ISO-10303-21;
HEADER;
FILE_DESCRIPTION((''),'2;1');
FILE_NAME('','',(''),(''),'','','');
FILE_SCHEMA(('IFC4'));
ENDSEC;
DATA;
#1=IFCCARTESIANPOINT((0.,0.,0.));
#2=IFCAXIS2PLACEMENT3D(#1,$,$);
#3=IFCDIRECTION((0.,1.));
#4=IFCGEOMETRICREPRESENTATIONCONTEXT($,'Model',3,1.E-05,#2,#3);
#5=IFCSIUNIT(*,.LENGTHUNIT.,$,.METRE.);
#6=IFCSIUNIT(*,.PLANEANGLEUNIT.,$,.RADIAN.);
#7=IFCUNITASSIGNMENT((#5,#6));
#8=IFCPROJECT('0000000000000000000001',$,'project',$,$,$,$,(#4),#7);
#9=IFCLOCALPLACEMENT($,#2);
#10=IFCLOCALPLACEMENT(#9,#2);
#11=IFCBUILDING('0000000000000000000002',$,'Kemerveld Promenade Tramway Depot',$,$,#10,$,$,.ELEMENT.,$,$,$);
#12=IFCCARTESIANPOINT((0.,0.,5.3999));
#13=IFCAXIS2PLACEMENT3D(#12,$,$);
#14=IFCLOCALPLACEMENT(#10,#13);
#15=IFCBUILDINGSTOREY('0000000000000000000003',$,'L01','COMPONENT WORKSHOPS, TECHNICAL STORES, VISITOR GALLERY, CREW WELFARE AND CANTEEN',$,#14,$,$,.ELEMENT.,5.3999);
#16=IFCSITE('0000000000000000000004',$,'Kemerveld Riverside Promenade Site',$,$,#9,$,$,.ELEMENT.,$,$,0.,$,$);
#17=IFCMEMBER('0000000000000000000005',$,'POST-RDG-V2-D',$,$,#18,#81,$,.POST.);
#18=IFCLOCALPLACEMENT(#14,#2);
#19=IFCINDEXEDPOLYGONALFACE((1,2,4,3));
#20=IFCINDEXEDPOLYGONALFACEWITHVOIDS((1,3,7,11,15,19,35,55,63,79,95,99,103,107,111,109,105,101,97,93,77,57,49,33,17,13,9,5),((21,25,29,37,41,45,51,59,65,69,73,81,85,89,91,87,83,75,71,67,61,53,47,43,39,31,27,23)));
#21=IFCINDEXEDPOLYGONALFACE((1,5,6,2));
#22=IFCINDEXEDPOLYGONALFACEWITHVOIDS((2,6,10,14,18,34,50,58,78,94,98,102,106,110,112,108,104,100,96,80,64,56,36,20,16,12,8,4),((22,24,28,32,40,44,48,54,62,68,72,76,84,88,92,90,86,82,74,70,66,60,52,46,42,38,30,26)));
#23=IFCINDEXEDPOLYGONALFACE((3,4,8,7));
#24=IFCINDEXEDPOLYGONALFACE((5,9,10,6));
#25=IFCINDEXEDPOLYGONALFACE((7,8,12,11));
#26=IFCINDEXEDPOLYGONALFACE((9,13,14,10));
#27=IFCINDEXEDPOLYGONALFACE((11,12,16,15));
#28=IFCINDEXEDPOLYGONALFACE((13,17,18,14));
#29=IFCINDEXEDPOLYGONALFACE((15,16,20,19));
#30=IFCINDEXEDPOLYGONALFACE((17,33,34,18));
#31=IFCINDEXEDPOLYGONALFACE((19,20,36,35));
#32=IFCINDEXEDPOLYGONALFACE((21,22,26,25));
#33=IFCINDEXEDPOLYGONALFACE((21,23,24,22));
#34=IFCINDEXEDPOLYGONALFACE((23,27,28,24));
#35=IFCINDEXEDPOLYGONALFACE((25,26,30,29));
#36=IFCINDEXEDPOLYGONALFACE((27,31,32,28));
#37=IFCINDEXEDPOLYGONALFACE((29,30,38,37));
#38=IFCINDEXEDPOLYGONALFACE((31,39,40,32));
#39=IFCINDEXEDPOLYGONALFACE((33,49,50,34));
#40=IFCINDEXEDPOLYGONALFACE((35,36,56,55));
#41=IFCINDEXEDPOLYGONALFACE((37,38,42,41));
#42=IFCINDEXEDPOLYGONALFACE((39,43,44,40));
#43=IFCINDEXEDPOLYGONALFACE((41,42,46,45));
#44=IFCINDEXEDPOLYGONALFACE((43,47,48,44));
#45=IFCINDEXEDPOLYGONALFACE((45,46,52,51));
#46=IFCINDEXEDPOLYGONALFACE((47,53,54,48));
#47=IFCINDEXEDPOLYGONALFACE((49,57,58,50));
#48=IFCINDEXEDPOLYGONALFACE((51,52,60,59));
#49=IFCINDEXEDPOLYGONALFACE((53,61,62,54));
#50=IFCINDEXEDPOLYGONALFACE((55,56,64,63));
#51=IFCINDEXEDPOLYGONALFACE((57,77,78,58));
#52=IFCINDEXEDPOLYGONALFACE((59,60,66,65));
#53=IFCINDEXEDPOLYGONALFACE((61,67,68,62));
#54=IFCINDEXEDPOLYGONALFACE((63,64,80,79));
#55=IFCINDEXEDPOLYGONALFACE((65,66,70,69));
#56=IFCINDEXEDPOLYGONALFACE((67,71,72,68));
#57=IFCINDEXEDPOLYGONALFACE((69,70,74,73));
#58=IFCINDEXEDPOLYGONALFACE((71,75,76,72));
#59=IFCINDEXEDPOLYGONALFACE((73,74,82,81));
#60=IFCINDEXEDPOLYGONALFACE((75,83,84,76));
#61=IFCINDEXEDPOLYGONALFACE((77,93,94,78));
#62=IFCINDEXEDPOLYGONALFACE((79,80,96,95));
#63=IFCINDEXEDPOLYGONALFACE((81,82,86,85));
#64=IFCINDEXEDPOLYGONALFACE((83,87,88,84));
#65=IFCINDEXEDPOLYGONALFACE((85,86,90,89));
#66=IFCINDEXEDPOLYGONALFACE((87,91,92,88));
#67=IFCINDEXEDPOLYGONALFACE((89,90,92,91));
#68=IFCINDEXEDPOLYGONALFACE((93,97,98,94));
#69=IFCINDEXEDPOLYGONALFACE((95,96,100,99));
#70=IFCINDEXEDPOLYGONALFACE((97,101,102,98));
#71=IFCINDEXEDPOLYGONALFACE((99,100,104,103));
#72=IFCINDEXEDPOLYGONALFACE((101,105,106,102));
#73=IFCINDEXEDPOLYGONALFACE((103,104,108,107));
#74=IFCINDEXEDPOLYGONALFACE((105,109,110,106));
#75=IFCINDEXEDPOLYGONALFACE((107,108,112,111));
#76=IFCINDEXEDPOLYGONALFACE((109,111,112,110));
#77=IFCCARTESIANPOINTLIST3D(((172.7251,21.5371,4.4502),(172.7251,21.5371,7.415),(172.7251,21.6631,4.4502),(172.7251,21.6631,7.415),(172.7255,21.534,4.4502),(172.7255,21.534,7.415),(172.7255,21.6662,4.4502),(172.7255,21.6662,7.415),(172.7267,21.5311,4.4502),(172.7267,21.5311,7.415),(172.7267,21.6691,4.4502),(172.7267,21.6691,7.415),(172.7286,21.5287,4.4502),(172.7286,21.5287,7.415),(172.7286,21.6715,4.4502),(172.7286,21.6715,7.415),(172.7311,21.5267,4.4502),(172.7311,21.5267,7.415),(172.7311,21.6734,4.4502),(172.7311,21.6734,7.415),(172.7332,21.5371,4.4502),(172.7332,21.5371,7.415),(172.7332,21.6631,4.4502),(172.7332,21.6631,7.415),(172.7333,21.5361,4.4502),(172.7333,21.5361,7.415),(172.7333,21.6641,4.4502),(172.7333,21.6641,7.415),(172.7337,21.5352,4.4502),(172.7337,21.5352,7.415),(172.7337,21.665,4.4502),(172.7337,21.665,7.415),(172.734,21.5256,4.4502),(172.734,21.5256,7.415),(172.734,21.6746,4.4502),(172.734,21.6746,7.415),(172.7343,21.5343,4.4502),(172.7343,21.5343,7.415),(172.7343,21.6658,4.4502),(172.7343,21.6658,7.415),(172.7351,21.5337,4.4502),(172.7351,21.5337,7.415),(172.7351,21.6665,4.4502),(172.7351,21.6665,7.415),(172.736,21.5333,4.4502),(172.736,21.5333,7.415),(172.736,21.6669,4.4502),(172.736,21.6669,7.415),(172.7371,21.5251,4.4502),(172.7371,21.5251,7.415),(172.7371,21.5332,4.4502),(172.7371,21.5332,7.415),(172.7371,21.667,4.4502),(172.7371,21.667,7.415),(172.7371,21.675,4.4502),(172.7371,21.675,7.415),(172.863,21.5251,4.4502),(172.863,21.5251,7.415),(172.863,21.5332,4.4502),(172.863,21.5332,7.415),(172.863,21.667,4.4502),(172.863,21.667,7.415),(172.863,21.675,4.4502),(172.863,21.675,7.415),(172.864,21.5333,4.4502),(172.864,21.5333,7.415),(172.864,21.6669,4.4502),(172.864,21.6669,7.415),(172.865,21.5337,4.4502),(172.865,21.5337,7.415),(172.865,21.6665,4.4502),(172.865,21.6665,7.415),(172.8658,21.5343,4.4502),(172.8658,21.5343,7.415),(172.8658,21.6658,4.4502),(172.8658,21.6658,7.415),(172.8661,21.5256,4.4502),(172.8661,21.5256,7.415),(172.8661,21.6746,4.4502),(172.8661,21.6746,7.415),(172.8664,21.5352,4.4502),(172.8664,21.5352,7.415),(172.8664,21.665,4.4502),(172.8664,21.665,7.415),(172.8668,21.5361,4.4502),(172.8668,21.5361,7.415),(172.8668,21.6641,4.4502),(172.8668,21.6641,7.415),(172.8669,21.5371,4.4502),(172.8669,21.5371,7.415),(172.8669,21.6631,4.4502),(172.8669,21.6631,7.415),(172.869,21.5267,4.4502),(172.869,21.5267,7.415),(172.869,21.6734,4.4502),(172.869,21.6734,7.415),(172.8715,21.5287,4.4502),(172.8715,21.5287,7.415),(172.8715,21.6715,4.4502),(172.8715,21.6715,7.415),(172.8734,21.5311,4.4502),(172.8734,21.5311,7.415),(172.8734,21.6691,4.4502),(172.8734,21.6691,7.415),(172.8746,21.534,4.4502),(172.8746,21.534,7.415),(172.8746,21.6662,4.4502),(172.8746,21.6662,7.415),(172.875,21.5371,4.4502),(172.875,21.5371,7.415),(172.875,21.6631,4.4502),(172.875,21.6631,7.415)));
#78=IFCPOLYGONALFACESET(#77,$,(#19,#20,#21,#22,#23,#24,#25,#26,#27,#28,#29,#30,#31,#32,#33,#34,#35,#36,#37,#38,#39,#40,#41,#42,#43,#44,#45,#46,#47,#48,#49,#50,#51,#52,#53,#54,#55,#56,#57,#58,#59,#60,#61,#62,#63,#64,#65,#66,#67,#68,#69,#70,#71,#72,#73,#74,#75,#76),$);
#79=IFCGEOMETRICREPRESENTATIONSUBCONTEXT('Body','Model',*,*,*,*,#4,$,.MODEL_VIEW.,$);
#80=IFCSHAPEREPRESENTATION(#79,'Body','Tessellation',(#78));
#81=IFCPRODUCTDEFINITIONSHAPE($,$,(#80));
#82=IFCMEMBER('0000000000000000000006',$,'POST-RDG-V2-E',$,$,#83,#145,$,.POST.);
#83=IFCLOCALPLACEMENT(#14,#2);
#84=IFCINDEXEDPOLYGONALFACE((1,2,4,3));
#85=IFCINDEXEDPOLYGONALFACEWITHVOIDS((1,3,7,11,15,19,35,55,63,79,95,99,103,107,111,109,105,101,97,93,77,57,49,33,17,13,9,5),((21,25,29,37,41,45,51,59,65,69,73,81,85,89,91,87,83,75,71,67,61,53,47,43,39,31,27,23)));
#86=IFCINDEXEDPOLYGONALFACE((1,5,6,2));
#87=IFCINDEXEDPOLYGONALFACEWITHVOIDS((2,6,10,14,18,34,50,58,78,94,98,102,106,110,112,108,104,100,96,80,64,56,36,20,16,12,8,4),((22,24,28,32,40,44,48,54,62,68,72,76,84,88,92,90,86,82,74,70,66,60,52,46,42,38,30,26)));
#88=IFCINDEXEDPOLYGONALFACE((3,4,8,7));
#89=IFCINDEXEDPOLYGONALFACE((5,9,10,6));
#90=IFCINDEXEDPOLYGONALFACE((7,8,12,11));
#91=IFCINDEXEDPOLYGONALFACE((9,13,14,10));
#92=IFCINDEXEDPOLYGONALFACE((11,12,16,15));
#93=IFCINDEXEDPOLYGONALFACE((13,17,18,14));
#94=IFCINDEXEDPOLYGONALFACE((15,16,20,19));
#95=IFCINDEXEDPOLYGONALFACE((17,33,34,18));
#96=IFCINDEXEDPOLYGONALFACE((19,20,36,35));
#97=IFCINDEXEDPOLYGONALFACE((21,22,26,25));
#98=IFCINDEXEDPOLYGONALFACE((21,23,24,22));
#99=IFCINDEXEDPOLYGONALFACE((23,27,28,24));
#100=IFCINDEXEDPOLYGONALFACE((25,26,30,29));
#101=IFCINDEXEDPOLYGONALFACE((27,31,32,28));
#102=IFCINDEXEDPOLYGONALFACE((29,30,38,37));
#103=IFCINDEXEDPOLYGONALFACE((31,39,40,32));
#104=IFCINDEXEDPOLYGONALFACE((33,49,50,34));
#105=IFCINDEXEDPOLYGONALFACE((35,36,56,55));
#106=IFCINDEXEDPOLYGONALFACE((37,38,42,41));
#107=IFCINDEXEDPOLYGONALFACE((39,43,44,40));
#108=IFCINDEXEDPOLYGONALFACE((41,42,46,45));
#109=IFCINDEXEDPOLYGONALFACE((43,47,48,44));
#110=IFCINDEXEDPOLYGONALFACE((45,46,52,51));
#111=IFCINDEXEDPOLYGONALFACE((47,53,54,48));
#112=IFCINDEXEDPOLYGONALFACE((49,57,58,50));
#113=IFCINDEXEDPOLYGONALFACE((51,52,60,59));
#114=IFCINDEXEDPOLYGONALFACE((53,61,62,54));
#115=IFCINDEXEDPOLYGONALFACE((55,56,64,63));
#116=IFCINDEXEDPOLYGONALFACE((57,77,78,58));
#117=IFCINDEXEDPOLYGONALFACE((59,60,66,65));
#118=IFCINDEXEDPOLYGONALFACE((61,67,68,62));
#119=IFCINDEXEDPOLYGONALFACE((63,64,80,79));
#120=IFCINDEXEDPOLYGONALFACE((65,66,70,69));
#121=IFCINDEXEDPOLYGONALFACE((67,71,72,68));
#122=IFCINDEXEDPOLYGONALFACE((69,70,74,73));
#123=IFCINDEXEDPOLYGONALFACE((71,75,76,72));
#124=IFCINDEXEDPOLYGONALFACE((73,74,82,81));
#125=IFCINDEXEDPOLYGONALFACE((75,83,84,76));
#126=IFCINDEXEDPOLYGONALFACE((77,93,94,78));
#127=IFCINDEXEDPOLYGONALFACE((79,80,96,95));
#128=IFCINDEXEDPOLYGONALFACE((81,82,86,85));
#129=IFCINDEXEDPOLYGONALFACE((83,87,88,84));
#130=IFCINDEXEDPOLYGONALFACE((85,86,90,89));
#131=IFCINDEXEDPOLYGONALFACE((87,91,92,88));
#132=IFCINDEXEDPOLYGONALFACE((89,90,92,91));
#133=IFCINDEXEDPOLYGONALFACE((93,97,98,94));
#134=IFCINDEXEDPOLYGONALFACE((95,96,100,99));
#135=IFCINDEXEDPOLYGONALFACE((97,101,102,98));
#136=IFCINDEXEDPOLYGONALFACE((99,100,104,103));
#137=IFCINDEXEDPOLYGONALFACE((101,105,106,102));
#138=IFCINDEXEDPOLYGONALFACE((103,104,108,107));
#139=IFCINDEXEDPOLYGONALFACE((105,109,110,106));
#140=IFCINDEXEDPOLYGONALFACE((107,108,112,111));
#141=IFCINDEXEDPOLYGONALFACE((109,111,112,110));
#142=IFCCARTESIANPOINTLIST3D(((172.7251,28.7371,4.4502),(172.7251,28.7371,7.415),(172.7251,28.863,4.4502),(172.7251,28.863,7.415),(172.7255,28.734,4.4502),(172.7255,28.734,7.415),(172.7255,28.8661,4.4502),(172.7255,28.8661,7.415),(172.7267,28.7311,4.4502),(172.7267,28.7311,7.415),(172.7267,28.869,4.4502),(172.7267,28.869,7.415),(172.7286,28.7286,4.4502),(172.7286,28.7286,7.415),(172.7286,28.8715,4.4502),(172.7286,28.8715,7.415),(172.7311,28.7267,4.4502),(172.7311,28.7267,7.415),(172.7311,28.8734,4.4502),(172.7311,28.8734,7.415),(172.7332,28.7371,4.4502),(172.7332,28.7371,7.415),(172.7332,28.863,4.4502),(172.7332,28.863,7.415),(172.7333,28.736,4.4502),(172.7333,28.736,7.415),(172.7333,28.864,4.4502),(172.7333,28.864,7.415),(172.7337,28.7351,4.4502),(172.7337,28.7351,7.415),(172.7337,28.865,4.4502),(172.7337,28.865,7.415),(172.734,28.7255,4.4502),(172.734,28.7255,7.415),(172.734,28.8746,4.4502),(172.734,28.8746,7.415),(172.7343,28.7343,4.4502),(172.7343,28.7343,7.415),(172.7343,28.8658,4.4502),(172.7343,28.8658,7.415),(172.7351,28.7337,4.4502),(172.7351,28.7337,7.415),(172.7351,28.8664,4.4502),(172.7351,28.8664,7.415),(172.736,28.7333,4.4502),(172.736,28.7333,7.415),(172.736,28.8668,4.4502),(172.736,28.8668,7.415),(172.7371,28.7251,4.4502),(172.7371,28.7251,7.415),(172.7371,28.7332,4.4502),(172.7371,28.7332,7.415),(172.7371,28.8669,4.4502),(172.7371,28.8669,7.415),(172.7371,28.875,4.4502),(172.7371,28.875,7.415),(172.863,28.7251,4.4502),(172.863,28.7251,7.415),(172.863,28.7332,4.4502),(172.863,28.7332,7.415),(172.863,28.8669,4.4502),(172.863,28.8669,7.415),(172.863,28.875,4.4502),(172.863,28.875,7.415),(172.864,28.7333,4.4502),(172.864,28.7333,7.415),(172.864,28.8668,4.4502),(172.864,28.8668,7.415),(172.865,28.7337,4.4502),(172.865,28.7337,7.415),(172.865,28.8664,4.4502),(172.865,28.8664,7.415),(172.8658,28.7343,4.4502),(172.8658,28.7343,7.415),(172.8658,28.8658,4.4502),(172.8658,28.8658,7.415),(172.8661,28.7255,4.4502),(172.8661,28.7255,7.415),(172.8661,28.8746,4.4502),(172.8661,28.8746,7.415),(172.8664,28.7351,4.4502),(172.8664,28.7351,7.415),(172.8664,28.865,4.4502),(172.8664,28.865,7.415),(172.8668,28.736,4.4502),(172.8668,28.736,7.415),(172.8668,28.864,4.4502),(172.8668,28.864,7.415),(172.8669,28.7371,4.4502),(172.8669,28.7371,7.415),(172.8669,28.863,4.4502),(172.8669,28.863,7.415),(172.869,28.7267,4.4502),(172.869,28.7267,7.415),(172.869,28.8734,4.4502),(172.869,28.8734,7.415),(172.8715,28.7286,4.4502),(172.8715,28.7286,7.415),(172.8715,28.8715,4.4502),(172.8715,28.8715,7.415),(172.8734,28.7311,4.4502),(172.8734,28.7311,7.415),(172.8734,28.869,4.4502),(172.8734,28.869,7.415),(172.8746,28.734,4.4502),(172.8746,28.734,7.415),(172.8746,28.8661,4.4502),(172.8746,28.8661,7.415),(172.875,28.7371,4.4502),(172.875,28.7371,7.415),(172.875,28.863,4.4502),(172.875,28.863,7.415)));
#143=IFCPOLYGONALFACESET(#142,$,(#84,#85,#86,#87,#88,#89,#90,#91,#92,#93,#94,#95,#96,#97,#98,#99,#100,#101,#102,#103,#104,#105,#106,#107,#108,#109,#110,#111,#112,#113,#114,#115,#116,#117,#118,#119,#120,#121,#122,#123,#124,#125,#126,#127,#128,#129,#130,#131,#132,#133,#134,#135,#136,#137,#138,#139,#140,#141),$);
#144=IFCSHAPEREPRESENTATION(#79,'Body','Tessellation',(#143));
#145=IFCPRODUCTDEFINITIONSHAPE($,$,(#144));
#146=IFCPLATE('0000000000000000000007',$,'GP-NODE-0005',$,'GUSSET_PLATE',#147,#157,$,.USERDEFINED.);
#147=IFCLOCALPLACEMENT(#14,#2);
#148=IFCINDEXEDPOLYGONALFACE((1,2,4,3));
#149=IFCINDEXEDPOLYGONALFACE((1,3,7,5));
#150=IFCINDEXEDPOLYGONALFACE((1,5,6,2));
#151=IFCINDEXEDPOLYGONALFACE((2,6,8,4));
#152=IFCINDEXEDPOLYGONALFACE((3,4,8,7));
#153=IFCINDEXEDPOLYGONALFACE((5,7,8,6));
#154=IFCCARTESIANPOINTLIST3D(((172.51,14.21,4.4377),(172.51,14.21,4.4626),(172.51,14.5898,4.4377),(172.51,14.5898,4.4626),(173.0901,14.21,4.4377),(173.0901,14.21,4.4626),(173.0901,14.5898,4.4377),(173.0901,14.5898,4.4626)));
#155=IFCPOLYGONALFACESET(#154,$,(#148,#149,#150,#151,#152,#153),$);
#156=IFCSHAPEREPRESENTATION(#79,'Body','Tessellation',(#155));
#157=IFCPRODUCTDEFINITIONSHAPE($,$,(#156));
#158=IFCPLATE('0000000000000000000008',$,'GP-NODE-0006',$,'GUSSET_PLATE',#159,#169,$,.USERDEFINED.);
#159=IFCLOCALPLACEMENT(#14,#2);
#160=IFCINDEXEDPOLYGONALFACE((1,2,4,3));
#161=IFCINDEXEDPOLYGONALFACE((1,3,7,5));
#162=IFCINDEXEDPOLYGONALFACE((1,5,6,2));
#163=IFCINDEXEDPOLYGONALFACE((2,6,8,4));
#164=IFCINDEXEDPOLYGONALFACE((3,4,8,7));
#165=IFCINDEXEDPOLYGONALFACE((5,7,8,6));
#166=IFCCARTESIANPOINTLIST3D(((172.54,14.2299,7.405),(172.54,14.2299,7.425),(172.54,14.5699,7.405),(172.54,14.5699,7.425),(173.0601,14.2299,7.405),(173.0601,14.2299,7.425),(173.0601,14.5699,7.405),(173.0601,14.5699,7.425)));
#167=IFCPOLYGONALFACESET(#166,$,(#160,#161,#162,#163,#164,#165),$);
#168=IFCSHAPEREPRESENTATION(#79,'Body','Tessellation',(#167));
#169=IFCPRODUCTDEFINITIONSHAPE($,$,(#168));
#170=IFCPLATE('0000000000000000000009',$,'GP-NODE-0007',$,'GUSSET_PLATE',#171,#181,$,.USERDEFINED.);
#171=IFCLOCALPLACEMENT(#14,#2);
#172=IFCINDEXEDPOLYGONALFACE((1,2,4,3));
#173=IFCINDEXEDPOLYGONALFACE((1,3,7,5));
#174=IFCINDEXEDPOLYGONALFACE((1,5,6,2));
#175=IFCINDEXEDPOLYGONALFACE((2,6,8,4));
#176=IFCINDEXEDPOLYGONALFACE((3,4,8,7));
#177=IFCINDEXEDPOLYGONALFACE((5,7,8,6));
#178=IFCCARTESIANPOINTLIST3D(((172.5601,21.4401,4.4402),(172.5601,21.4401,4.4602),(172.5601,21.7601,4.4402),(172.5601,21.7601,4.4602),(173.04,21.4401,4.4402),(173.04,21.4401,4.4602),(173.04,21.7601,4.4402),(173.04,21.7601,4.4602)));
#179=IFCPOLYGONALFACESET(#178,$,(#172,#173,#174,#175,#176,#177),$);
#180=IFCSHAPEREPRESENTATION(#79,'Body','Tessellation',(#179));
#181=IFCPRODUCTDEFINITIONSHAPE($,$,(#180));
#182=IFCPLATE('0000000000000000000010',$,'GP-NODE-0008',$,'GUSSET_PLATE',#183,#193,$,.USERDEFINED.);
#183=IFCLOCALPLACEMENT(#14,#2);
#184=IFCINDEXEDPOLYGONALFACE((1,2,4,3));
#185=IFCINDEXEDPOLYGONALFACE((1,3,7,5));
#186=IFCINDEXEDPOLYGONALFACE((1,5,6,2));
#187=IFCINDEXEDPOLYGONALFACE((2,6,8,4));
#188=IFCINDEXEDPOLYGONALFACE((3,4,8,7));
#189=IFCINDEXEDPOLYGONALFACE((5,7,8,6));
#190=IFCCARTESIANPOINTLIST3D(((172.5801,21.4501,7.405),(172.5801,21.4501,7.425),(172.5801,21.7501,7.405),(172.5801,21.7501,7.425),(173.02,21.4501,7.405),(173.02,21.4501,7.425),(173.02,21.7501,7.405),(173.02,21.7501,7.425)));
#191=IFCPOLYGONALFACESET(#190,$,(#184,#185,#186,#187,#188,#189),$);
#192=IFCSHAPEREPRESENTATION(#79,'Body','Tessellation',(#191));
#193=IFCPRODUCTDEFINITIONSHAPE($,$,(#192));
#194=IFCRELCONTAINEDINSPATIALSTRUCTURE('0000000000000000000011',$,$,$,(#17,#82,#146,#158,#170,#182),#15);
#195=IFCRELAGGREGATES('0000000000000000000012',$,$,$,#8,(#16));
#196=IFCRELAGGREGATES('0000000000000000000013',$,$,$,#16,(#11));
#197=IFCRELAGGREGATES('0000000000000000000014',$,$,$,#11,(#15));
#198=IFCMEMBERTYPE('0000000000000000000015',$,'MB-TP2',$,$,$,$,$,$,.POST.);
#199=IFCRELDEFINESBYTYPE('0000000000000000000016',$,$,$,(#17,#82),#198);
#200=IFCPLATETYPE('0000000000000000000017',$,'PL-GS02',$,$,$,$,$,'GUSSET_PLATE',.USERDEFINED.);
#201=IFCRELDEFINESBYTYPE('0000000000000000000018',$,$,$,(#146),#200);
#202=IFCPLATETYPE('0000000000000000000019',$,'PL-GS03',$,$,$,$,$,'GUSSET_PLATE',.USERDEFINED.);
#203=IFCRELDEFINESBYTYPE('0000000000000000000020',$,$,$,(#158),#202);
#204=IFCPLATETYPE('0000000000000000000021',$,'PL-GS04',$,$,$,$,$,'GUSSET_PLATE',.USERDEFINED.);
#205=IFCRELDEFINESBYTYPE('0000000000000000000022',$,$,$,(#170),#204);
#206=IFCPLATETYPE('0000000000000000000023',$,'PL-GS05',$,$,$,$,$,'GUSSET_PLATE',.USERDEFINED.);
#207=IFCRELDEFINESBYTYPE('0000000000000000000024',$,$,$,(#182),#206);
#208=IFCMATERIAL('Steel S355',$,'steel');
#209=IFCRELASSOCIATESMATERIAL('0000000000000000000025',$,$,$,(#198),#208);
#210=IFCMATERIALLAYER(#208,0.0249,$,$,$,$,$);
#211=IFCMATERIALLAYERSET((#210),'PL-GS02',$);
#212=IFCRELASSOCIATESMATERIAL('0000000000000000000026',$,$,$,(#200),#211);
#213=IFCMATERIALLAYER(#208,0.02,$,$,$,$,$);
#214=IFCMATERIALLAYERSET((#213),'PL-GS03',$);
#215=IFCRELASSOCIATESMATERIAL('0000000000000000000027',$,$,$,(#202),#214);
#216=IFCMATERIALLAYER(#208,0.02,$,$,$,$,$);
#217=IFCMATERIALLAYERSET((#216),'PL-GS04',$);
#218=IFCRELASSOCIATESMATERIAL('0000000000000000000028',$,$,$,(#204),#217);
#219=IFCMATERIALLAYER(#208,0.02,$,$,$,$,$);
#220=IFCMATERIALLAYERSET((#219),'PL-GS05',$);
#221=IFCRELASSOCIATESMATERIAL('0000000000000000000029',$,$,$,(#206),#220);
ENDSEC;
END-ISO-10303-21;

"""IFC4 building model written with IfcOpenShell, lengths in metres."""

from ifc_helpers import new_model, si_unit, direction, frame, origin, origin_2d, place, context, subcontext, project, spatial, rectangle, hollow_rectangle, extrude, material, layer, layer_set, material_profile, profile_set, type_object, element, save


model = new_model("IFC4")

# Units and contexts
model_context = context("Model", 3, precision=1e-05, world=origin(), true_north=direction((0.0, 1.0)))
body_context = subcontext(model_context, "Body", "Model", "MODEL_VIEW")
ifc_project = project(units=[si_unit("LENGTHUNIT", "METRE"), si_unit("PLANEANGLEUNIT", "RADIAN")], contexts=[model_context])

# Site, building, storey
site_placement = place(None, origin())
site = spatial("IfcSite", under=ifc_project, at=site_placement, Name="Kemerveld Riverside Promenade Site", CompositionType="ELEMENT", RefElevation=0.0)
building_placement = place(site_placement, origin())
building = spatial("IfcBuilding", under=site, at=building_placement, Name="Kemerveld Promenade Tramway Depot", CompositionType="ELEMENT")
storey_placement = place(building_placement, frame((0.0, 0.0, 5.3999)))
storey = spatial("IfcBuildingStorey", under=building, at=storey_placement, Name="L01", Description="COMPONENT WORKSHOPS, TECHNICAL STORES, VISITOR GALLERY, CREW WELFARE AND CANTEEN", CompositionType="ELEMENT", Elevation=5.3999)

# Shared definitions
ifc_material_1 = material(Name="Steel S355", Category="steel")

# Members
ifc_material_profile_1 = material_profile(ifc_material_1, hollow_rectangle(XDim=0.1499, YDim=0.1499, WallThickness=0.0081, InnerFilletRadius=0.0039, OuterFilletRadius=0.012, at=origin_2d()), Name="150x150x8.0 SHS")
ifc_profile_set_1 = profile_set([ifc_material_profile_1], Name="Steel S355")
member_type = type_object("IfcMemberType", Name="MB-TP2", PredefinedType="POST", material=ifc_profile_set_1)
for number, where, z_axis, x_axis, name in (
    (1, (172.8, 21.6001, 4.4502), (0.0, 0.0, 1.0), (1.0, 0.0, 0.0), "POST-RDG-V2-D"),
    (2, (172.8, 28.8, 4.4502), (0.0, 0.0, 1.0), (1.0, 0.0, 0.0), "POST-RDG-V2-E"),
):
    element("IfcMember", number, at=place(storey_placement, frame(where, z_axis=z_axis, x_axis=x_axis)), inside=storey, type_object=member_type, Name=name, PredefinedType="POST", context=body_context, shape_type="SweptSolid", body=[
        extrude(hollow_rectangle(XDim=0.1499, YDim=0.1499, WallThickness=0.0081, InnerFilletRadius=0.0039, OuterFilletRadius=0.012, at=origin_2d()), origin(), (0.0, 0.0, 1.0), 2.9648),
    ])

# Plates
ifc_layer_1 = layer(ifc_material_1, 0.0249)
ifc_layer_set_1 = layer_set([ifc_layer_1], Name="PL-GS02")
plate_type_1 = type_object("IfcPlateType", Name="PL-GS02", ElementType="GUSSET_PLATE", PredefinedType="USERDEFINED", material=ifc_layer_set_1)
plate_1_placement = place(storey_placement, frame((172.8, 14.3999, 4.4377), z_axis=(0.0, 0.0, 1.0), x_axis=(1.0, 0.0, 0.0)))
element("IfcPlate", 3, at=plate_1_placement, inside=storey, type_object=plate_type_1, Name="GP-NODE-0005", ObjectType="GUSSET_PLATE", PredefinedType="USERDEFINED", context=body_context, shape_type="SweptSolid", body=[
    extrude(rectangle(XDim=0.5801, YDim=0.3799, at=origin_2d()), origin(), (0.0, 0.0, 1.0), 0.0249),
])
ifc_layer_2 = layer(ifc_material_1, 0.02)
ifc_layer_set_2 = layer_set([ifc_layer_2], Name="PL-GS03")
plate_type_2 = type_object("IfcPlateType", Name="PL-GS03", ElementType="GUSSET_PLATE", PredefinedType="USERDEFINED", material=ifc_layer_set_2)
plate_2_placement = place(storey_placement, frame((172.8, 14.3999, 7.405), z_axis=(0.0, 0.0, 1.0), x_axis=(1.0, 0.0, 0.0)))
element("IfcPlate", 4, at=plate_2_placement, inside=storey, type_object=plate_type_2, Name="GP-NODE-0006", ObjectType="GUSSET_PLATE", PredefinedType="USERDEFINED", context=body_context, shape_type="SweptSolid", body=[
    extrude(rectangle(XDim=0.52, YDim=0.3401, at=origin_2d()), origin(), (0.0, 0.0, 1.0), 0.02),
])
ifc_layer_3 = layer(ifc_material_1, 0.02)
ifc_layer_set_3 = layer_set([ifc_layer_3], Name="PL-GS04")
plate_type_3 = type_object("IfcPlateType", Name="PL-GS04", ElementType="GUSSET_PLATE", PredefinedType="USERDEFINED", material=ifc_layer_set_3)
plate_3_placement = place(storey_placement, frame((172.8, 21.6001, 4.4402), z_axis=(0.0, 0.0, 1.0), x_axis=(1.0, 0.0, 0.0)))
element("IfcPlate", 5, at=plate_3_placement, inside=storey, type_object=plate_type_3, Name="GP-NODE-0007", ObjectType="GUSSET_PLATE", PredefinedType="USERDEFINED", context=body_context, shape_type="SweptSolid", body=[
    extrude(rectangle(XDim=0.48, YDim=0.3201, at=origin_2d()), origin(), (0.0, 0.0, 1.0), 0.02),
])
ifc_layer_4 = layer(ifc_material_1, 0.02)
ifc_layer_set_4 = layer_set([ifc_layer_4], Name="PL-GS05")
plate_type_4 = type_object("IfcPlateType", Name="PL-GS05", ElementType="GUSSET_PLATE", PredefinedType="USERDEFINED", material=ifc_layer_set_4)
plate_4_placement = place(storey_placement, frame((172.8, 21.6001, 7.405), z_axis=(0.0, 0.0, 1.0), x_axis=(1.0, 0.0, 0.0)))
element("IfcPlate", 6, at=plate_4_placement, inside=storey, type_object=plate_type_4, Name="GP-NODE-0008", ObjectType="GUSSET_PLATE", PredefinedType="USERDEFINED", context=body_context, shape_type="SweptSolid", body=[
    extrude(rectangle(XDim=0.4399, YDim=0.3, at=origin_2d()), origin(), (0.0, 0.0, 1.0), 0.02),
])

save(model, "model.ifc")
